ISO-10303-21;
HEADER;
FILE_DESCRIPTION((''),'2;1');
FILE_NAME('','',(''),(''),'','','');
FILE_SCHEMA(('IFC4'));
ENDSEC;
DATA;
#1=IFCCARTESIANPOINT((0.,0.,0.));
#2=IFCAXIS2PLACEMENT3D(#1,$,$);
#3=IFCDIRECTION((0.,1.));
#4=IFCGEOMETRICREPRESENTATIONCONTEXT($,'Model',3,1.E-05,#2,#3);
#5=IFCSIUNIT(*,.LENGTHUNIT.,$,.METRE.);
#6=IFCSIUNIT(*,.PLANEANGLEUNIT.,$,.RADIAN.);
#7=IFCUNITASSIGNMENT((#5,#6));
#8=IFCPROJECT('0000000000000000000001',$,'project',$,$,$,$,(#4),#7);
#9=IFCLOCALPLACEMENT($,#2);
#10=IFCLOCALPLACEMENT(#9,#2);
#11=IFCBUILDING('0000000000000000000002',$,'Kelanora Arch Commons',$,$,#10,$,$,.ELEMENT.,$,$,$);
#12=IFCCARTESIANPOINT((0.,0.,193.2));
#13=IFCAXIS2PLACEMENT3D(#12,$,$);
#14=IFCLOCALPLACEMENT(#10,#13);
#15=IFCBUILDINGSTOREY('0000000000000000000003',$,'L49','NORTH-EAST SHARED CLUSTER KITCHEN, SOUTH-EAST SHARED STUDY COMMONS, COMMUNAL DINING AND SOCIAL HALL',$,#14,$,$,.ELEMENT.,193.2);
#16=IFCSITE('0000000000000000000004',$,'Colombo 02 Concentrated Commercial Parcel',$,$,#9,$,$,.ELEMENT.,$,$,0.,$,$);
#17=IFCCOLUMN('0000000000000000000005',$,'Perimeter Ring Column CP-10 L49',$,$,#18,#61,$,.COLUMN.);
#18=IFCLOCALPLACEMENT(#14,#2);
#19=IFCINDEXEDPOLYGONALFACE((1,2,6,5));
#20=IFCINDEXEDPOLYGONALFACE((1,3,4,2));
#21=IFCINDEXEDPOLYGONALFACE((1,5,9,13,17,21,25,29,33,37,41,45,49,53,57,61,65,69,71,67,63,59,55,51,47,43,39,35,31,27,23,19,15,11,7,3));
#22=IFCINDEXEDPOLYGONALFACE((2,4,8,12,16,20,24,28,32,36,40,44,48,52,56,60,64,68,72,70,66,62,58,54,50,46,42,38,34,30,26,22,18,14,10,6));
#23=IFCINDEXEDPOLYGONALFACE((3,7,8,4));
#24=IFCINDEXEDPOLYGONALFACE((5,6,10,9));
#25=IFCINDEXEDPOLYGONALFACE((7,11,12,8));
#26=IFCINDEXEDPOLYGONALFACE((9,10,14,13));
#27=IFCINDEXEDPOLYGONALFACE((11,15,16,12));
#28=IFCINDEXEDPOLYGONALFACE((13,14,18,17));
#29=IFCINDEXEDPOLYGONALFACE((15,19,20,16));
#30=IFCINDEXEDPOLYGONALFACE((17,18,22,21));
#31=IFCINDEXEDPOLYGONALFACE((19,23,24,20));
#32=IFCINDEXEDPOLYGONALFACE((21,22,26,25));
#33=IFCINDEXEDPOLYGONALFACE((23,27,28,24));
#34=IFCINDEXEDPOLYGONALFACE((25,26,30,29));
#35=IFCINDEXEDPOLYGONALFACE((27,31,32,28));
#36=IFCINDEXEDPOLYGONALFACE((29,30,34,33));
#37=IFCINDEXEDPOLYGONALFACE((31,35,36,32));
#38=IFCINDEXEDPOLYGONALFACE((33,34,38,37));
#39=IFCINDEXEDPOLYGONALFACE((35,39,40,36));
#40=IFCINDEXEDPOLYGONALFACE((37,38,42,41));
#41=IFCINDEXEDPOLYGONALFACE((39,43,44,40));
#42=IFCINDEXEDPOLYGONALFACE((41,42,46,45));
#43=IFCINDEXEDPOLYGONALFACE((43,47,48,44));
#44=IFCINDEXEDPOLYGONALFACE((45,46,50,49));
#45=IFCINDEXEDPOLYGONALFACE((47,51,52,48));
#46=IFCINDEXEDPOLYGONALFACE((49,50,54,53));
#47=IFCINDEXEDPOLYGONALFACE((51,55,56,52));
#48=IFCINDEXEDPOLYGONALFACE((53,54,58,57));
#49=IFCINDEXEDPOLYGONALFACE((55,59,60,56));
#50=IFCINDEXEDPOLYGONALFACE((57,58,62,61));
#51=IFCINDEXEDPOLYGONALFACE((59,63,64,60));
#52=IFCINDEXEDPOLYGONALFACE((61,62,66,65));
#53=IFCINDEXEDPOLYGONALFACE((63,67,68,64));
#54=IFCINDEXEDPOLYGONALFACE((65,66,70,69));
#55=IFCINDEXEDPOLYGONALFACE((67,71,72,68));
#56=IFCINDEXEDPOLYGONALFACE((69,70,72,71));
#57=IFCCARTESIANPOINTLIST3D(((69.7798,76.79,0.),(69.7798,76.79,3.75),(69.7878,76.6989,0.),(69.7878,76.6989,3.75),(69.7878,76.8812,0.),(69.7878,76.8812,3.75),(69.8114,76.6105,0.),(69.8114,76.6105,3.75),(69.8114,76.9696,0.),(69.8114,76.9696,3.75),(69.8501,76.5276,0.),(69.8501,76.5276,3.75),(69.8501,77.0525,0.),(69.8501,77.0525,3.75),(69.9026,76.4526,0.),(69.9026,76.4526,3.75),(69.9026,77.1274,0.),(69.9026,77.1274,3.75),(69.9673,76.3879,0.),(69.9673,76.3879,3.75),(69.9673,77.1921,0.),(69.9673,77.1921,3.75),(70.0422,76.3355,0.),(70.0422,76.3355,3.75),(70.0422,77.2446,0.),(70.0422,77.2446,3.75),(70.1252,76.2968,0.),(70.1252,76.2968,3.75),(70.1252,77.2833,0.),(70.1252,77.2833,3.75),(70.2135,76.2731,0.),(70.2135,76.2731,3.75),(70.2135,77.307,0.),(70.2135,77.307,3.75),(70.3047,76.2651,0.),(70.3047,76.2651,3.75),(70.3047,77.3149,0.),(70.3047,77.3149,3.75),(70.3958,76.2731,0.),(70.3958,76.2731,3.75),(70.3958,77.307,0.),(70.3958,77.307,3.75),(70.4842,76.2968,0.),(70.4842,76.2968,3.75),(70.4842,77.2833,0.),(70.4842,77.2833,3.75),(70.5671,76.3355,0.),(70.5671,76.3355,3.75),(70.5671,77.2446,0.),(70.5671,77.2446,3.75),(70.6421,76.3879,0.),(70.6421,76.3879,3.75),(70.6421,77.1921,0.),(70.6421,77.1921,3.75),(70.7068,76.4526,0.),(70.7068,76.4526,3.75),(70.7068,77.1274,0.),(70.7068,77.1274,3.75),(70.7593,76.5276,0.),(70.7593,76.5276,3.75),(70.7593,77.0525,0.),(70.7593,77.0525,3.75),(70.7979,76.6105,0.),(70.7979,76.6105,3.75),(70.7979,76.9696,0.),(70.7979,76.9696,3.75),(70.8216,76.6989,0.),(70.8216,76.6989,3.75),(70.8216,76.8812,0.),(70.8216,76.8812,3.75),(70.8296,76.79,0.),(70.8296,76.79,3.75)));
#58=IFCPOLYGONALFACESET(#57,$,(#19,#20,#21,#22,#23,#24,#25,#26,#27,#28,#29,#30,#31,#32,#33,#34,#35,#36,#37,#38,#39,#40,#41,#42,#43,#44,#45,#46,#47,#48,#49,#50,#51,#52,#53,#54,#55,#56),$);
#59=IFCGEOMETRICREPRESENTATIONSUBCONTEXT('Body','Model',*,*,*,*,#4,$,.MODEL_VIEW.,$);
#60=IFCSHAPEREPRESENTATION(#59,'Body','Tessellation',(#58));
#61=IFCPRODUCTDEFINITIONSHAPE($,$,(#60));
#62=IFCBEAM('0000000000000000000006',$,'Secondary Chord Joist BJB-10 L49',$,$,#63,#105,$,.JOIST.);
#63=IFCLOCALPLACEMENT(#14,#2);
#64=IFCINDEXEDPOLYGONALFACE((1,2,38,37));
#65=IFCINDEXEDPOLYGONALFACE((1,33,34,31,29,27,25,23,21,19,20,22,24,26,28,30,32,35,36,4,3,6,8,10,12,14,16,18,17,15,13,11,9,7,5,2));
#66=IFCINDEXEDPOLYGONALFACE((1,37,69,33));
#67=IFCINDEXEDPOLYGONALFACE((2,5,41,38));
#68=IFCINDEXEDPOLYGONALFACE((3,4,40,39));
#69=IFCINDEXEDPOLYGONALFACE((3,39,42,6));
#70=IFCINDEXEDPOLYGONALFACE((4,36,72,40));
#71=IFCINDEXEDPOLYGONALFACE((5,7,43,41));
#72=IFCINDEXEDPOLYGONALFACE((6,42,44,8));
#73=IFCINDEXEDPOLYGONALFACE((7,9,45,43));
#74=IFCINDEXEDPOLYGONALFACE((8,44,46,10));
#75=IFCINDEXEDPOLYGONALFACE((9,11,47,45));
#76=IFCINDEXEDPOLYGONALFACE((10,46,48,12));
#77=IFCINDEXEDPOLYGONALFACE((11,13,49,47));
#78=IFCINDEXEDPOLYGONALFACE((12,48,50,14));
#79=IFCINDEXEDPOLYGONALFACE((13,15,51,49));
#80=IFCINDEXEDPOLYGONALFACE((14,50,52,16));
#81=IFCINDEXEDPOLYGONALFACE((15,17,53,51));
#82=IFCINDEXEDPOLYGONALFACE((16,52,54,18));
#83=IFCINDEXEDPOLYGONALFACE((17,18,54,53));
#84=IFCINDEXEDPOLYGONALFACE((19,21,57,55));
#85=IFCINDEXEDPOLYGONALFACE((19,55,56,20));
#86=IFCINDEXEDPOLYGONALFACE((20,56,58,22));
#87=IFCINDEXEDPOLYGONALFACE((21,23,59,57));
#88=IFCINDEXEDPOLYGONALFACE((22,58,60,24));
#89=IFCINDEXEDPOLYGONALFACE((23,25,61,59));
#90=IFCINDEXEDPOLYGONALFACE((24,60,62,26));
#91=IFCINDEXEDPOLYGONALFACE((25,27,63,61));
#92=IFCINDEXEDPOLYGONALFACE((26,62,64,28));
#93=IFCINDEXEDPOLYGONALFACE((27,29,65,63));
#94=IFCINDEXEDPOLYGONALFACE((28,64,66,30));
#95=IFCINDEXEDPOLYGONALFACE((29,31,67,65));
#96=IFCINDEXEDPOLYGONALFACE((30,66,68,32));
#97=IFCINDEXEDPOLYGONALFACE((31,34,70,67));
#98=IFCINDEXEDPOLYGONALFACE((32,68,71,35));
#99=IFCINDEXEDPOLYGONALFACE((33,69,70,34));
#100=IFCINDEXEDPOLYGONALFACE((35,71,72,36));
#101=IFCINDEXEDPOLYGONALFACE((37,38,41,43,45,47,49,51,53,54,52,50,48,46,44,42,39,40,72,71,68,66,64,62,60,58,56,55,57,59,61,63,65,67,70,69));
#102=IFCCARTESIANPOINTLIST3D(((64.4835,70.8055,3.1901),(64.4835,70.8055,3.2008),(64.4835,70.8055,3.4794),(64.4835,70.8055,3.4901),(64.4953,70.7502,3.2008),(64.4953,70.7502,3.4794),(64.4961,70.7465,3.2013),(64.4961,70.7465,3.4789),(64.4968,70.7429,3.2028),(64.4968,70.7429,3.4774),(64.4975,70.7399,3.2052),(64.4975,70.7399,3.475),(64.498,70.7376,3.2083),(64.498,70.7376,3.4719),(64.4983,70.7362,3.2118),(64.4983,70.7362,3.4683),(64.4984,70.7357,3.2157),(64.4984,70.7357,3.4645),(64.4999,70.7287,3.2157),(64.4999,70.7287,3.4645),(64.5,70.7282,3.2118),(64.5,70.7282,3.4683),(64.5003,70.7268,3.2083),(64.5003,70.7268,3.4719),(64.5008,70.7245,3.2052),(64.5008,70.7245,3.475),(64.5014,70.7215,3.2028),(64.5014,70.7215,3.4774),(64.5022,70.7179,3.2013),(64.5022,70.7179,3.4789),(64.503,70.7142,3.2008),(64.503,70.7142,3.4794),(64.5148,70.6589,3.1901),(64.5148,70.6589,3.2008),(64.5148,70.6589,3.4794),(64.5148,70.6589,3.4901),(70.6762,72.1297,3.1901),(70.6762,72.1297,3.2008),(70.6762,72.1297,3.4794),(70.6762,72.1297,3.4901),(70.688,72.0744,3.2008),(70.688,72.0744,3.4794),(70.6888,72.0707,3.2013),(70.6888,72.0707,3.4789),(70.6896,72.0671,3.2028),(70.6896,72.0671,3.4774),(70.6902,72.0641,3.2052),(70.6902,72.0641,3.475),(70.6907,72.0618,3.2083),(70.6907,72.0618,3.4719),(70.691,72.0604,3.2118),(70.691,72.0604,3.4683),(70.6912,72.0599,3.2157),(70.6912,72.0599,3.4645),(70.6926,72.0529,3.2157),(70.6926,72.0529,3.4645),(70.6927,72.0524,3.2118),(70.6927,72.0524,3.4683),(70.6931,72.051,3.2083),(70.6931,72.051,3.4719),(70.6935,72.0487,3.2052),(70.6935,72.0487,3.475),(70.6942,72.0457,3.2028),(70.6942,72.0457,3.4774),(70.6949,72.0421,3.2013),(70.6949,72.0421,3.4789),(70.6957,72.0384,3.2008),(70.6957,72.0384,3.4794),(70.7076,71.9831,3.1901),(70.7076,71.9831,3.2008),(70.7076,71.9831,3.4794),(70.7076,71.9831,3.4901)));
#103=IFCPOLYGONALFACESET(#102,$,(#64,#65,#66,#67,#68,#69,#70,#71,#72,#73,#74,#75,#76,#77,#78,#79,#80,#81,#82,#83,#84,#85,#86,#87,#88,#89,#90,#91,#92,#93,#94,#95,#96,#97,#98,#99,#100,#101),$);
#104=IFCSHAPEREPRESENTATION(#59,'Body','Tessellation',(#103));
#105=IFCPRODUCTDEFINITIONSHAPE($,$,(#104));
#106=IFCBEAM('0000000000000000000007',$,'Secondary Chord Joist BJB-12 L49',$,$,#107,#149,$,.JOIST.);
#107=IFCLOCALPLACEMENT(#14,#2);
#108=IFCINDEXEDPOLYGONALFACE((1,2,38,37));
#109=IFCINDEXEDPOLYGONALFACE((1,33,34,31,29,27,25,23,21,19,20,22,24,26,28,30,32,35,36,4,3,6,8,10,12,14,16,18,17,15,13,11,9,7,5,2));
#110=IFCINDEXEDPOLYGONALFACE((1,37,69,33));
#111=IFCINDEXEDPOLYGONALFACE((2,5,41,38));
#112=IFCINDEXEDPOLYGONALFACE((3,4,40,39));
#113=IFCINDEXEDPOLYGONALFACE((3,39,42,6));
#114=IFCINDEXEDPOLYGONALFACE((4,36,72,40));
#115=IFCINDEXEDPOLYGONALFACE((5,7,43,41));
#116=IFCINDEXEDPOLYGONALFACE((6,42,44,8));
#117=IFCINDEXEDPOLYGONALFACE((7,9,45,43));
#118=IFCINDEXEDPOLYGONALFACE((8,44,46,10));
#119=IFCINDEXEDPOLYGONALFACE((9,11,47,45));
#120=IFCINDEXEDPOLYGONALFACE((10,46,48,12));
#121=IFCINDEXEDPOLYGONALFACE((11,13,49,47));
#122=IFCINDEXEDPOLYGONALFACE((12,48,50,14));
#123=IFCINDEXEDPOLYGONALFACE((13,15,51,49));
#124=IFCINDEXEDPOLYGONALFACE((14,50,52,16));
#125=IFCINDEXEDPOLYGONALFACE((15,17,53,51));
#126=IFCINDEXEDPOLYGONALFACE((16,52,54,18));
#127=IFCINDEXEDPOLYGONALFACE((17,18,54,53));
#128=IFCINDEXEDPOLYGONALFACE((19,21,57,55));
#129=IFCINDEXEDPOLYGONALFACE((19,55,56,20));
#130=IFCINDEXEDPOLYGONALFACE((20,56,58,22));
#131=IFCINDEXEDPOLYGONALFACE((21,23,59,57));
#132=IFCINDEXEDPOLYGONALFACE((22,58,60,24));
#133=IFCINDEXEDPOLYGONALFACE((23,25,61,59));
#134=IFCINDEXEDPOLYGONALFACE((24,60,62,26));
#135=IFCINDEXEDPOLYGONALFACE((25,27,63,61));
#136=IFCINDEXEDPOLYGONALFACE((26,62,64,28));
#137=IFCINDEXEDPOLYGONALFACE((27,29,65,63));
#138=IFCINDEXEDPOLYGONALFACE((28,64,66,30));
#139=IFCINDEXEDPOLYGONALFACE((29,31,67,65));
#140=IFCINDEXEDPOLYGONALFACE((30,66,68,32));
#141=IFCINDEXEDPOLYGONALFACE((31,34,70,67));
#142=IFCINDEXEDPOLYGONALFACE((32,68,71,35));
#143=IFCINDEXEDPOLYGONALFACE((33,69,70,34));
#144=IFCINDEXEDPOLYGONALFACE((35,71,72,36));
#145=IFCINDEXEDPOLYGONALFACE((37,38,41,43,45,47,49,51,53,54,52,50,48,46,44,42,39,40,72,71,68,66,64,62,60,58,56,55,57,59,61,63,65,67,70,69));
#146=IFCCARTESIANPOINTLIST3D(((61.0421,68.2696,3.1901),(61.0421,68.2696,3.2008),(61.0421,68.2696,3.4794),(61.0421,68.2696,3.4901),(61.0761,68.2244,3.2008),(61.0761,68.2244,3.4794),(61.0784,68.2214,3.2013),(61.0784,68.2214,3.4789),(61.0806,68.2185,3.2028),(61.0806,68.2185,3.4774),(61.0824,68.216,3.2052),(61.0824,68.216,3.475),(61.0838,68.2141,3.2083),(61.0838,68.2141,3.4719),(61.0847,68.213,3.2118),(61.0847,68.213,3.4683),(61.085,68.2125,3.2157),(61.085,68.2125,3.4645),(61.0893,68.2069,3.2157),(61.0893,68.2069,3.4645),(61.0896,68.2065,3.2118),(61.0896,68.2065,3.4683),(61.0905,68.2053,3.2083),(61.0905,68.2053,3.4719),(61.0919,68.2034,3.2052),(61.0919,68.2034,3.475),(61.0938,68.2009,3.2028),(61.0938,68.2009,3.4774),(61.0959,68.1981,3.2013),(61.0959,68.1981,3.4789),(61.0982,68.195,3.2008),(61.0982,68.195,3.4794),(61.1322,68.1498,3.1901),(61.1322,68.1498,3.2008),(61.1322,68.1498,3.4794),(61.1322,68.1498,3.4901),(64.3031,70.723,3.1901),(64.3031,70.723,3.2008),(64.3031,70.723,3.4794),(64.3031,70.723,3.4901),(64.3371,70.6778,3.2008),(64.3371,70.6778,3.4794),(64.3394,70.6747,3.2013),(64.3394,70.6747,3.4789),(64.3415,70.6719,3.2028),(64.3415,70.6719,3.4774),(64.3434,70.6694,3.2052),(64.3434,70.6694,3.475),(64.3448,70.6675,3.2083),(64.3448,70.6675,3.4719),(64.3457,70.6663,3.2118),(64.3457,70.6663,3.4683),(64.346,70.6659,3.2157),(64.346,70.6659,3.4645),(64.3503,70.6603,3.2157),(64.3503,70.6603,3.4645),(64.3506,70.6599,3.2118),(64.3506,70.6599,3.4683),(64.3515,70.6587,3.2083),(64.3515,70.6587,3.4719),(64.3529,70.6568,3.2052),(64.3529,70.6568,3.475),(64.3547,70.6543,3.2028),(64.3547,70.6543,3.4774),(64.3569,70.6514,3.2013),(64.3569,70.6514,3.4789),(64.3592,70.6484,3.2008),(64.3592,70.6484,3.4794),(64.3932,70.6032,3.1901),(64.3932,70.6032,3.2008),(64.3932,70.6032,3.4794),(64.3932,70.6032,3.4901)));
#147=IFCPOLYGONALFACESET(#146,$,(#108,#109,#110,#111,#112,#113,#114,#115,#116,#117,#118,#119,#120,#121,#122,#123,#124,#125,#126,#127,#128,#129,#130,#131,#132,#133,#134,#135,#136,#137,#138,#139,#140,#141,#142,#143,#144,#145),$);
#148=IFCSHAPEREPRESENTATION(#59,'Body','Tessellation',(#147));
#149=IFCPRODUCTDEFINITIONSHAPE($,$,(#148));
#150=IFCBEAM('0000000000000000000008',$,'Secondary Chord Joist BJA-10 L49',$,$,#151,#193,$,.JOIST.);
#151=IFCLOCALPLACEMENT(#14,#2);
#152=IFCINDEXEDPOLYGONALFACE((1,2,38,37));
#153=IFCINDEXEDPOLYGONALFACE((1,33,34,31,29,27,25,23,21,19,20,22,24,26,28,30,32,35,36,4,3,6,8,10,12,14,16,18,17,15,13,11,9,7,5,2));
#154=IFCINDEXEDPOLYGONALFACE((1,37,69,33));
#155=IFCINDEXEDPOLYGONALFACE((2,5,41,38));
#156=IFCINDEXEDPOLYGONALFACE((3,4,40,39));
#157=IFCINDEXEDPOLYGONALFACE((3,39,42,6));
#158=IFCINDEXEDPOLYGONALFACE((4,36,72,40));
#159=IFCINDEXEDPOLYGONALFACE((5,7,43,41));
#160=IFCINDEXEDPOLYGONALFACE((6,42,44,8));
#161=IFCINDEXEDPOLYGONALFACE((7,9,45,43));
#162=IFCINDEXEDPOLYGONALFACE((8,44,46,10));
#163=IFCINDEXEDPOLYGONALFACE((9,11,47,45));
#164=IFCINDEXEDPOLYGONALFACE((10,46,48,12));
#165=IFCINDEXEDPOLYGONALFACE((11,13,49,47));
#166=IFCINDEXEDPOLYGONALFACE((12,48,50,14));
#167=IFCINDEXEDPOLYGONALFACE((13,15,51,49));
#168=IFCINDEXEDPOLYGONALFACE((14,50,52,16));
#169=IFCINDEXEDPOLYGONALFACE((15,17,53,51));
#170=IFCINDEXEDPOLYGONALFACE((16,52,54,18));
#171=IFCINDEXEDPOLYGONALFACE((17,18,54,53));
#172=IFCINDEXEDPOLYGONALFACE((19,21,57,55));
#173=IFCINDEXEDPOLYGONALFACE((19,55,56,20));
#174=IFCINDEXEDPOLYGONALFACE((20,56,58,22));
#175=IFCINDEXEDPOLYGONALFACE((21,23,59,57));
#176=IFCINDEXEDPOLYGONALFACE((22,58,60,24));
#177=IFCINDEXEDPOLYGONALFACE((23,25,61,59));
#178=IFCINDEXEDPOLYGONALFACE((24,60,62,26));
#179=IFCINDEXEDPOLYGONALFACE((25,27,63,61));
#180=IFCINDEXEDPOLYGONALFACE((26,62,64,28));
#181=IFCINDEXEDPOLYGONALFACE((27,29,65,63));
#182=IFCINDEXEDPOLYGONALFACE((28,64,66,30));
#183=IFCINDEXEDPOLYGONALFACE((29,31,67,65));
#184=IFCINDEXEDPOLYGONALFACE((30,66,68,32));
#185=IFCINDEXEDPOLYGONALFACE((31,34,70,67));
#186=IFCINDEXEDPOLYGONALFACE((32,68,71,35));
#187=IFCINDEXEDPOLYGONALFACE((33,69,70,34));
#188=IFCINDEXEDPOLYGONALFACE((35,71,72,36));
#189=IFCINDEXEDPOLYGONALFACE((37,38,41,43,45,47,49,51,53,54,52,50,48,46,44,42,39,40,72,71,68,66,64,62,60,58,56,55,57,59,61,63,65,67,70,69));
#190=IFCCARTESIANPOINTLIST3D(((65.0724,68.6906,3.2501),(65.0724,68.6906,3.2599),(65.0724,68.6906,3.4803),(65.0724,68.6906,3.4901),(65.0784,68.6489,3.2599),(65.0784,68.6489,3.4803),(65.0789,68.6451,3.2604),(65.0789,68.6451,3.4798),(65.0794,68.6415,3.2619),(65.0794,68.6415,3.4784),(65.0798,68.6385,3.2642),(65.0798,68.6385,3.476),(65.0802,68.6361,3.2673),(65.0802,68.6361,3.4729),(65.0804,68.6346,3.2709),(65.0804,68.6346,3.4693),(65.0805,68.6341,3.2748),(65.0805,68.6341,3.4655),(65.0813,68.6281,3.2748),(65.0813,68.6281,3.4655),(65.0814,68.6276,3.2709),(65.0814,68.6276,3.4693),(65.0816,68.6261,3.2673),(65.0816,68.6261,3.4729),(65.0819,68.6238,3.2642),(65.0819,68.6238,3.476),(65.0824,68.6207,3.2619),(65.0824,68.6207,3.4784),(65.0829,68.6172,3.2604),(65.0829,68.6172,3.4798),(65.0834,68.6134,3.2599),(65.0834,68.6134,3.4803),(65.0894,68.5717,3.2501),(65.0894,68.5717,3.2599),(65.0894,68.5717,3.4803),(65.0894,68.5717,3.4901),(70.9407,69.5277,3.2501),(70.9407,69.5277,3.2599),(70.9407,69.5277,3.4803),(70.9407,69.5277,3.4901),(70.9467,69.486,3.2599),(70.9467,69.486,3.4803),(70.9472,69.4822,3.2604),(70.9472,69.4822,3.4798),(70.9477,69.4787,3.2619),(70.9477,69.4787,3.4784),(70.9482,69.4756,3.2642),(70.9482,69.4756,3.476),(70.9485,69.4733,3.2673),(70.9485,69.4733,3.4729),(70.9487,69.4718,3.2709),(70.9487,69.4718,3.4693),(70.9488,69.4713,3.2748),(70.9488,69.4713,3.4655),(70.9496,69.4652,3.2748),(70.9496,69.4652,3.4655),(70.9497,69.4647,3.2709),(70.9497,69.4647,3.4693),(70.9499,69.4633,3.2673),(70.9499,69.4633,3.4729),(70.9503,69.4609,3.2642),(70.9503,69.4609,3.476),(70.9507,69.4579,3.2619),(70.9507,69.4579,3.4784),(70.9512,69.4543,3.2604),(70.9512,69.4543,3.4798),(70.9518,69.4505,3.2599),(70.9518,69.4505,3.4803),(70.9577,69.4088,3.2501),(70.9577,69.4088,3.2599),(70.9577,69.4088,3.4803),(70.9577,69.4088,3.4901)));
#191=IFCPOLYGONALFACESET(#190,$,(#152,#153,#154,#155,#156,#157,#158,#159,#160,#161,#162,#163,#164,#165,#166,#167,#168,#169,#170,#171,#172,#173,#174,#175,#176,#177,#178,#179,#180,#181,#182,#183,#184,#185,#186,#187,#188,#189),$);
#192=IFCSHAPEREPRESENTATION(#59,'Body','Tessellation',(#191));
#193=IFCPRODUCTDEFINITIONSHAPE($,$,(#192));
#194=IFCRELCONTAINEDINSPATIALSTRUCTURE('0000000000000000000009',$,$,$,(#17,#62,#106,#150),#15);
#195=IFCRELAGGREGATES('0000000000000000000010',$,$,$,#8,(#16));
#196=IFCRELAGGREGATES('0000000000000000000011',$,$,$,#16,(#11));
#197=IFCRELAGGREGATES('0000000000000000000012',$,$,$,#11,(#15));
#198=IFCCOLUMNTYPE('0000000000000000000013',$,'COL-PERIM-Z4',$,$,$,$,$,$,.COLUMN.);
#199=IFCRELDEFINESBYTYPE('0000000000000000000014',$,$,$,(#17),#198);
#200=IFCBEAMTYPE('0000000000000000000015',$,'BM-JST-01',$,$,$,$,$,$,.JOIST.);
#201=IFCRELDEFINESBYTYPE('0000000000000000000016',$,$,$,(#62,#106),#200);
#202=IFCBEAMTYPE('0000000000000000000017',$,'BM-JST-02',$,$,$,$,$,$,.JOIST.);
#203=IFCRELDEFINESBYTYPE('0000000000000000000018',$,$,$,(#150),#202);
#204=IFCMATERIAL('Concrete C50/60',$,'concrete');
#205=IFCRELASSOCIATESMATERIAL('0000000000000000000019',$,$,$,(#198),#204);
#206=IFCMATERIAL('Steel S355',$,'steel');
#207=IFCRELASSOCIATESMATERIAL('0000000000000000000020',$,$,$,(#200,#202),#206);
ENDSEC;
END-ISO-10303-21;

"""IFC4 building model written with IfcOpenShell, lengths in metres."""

from ifc_helpers import new_model, si_unit, direction, frame, origin, origin_2d, place, context, subcontext, project, spatial, circle, i_section, extrude, material, material_profile, profile_set, type_object, element, save


model = new_model("IFC4")

# Units and contexts
model_context = context("Model", 3, precision=1e-05, world=origin(), true_north=direction((0.0, 1.0)))
body_context = subcontext(model_context, "Body", "Model", "MODEL_VIEW")
ifc_project = project(units=[si_unit("LENGTHUNIT", "METRE"), si_unit("PLANEANGLEUNIT", "RADIAN")], contexts=[model_context])

# Site, building, storey
site_placement = place(None, origin())
site = spatial("IfcSite", under=ifc_project, at=site_placement, Name="Colombo 02 Concentrated Commercial Parcel", CompositionType="ELEMENT", RefElevation=0.0)
building_placement = place(site_placement, origin())
building = spatial("IfcBuilding", under=site, at=building_placement, Name="Kelanora Arch Commons", CompositionType="ELEMENT")
storey_placement = place(building_placement, frame((0.0, 0.0, 193.2)))
storey = spatial("IfcBuildingStorey", under=building, at=storey_placement, Name="L49", Description="NORTH-EAST SHARED CLUSTER KITCHEN, SOUTH-EAST SHARED STUDY COMMONS, COMMUNAL DINING AND SOCIAL HALL", CompositionType="ELEMENT", Elevation=193.2)

# Column
ifc_material_1 = material(Name="Concrete C50/60", Category="concrete")
ifc_material_profile_1 = material_profile(ifc_material_1, circle(Radius=0.5249, at=origin_2d()), Name="RCC1050")
ifc_profile_set_1 = profile_set([ifc_material_profile_1], Name="Concrete C50/60")
column_type = type_object("IfcColumnType", Name="COL-PERIM-Z4", PredefinedType="COLUMN", material=ifc_profile_set_1)
column_placement = place(storey_placement, frame((70.3047, 76.79, 0.0), z_axis=(0.0, 0.0, 1.0), x_axis=(1.0, 0.0, 0.0)))
element("IfcColumn", 1, at=column_placement, inside=storey, type_object=column_type, Name="Perimeter Ring Column CP-10 L49", PredefinedType="COLUMN", context=body_context, shape_type="SweptSolid", body=[
    extrude(circle(Radius=0.5249, at=origin_2d()), origin(), (0.0, 0.0, 1.0), 3.75),
])

# Beams
ifc_material_2 = material(Name="Steel S355", Category="steel")
ifc_material_profile_2 = material_profile(ifc_material_2, i_section(OverallWidth=0.1499, OverallDepth=0.3, WebThickness=0.0071, FlangeThickness=0.0107, FilletRadius=0.0149, at=origin_2d()), Name="IPE300")
ifc_profile_set_2 = profile_set([ifc_material_profile_2], Name="Steel S355")
beam_type_1 = type_object("IfcBeamType", Name="BM-JST-01", PredefinedType="JOIST", material=ifc_profile_set_2)
beam_1_placement = place(storey_placement, frame((70.6919, 72.0564, 3.3401), z_axis=(-0.977894, -0.209103, 0.0), x_axis=(0.209103, -0.977894, 0.0)))
element("IfcBeam", 2, at=beam_1_placement, inside=storey, type_object=beam_type_1, Name="Secondary Chord Joist BJB-10 L49", PredefinedType="JOIST", context=body_context, shape_type="SweptSolid", body=[
    extrude(i_section(OverallWidth=0.1499, OverallDepth=0.3, WebThickness=0.0071, FlangeThickness=0.0107, FilletRadius=0.0149, at=origin_2d()), origin(), (0.0, 0.0, 1.0), 6.3328),
])
beam_2_placement = place(storey_placement, frame((64.3481, 70.6631, 3.3401), z_axis=(-0.799102, -0.601196, 0.0), x_axis=(0.601196, -0.799102, 0.0)))
element("IfcBeam", 3, at=beam_2_placement, inside=storey, type_object=beam_type_1, Name="Secondary Chord Joist BJB-12 L49", PredefinedType="JOIST", context=body_context, shape_type="SweptSolid", body=[
    extrude(i_section(OverallWidth=0.1499, OverallDepth=0.3, WebThickness=0.0071, FlangeThickness=0.0107, FilletRadius=0.0149, at=origin_2d()), origin(), (0.0, 0.0, 1.0), 4.0808),
])
ifc_material_profile_3 = material_profile(ifc_material_2, i_section(OverallWidth=0.1201, OverallDepth=0.24, WebThickness=0.0061, FlangeThickness=0.0098, FilletRadius=0.0149, at=origin_2d()), Name="IPE240")
ifc_profile_set_3 = profile_set([ifc_material_profile_3], Name="Steel S355")
beam_type_2 = type_object("IfcBeamType", Name="BM-JST-02", PredefinedType="JOIST", material=ifc_profile_set_3)
beam_3_placement = place(storey_placement, frame((70.9492, 69.4683, 3.3701), z_axis=(-0.989977, -0.141225, 0.0), x_axis=(0.141225, -0.989977, 0.0)))
element("IfcBeam", 4, at=beam_3_placement, inside=storey, type_object=beam_type_2, Name="Secondary Chord Joist BJA-10 L49", PredefinedType="JOIST", context=body_context, shape_type="SweptSolid", body=[
    extrude(i_section(OverallWidth=0.1201, OverallDepth=0.24, WebThickness=0.0061, FlangeThickness=0.0098, FilletRadius=0.0149, at=origin_2d()), origin(), (0.0, 0.0, 1.0), 5.9277),
])

save(model, "model.ifc")
